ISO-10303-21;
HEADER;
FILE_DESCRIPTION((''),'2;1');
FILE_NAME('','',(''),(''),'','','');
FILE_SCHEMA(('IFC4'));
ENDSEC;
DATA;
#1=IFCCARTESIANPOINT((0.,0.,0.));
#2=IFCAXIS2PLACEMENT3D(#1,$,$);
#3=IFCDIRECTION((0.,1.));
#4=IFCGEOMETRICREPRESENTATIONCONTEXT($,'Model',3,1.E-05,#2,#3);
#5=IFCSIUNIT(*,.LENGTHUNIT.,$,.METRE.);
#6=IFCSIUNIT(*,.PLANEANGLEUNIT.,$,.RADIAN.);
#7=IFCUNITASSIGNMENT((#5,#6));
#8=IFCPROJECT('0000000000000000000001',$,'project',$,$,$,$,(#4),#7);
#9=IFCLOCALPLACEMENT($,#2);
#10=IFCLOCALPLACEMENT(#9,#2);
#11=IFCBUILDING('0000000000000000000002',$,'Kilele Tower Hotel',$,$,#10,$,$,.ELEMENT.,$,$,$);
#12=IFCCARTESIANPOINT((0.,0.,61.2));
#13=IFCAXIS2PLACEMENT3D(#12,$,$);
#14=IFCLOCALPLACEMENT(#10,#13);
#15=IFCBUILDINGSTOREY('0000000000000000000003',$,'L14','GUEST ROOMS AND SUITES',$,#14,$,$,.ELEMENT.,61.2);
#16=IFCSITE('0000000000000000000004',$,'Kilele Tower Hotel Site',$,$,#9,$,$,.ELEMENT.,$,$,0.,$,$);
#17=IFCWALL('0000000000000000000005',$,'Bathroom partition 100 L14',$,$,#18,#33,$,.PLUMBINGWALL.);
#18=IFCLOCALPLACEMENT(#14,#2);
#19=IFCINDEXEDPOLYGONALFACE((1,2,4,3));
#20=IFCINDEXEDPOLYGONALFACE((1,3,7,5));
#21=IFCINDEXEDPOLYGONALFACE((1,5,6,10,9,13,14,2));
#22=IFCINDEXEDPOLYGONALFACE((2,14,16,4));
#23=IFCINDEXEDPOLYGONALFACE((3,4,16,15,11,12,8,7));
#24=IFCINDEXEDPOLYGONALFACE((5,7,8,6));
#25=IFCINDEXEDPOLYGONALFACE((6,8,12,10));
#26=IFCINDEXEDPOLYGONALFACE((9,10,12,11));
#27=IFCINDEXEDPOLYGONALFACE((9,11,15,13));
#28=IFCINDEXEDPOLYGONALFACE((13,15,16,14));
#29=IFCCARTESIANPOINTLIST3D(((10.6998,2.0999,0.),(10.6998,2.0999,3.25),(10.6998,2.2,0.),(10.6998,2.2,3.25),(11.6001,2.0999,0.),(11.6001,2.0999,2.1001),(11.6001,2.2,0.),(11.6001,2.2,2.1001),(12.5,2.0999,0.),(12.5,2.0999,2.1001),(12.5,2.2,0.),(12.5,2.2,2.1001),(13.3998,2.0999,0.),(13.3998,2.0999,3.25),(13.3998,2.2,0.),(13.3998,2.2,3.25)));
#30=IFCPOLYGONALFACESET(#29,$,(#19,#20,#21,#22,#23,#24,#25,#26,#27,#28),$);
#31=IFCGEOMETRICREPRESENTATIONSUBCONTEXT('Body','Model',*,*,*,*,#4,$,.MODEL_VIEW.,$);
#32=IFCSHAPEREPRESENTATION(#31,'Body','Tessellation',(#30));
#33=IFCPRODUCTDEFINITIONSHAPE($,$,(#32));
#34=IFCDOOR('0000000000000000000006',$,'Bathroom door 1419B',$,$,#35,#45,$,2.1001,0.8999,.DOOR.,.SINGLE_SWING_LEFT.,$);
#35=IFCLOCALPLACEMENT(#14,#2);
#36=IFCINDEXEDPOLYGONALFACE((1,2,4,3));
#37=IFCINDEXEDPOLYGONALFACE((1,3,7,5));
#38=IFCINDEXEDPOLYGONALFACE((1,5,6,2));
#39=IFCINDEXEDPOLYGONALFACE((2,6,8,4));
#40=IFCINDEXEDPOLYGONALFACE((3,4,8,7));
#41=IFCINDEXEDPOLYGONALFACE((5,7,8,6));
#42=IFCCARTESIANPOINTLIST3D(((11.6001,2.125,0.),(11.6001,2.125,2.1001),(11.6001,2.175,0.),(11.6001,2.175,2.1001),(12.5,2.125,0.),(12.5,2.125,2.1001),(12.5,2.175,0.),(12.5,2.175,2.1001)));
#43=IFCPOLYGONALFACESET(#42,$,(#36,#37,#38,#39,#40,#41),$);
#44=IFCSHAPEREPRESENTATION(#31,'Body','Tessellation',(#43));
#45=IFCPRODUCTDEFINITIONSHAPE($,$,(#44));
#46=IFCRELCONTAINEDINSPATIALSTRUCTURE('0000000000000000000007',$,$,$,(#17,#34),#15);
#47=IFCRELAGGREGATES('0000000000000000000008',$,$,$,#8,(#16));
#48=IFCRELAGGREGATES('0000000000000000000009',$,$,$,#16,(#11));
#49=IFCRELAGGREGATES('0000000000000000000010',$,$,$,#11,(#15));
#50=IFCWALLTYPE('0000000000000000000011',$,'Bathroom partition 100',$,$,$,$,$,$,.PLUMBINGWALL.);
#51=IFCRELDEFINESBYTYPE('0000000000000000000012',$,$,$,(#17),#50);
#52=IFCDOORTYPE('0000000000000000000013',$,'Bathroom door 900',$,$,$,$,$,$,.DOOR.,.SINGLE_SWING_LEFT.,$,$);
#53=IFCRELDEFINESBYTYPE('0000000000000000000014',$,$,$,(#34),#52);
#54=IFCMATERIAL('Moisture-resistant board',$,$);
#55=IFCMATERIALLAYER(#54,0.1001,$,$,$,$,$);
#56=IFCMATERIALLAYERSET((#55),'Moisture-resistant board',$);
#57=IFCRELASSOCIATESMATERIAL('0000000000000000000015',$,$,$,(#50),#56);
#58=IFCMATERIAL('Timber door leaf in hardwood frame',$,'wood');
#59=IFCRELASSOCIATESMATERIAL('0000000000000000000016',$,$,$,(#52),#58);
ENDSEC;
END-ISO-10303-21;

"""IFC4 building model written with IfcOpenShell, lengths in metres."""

from ifc_helpers import new_model, si_unit, direction, frame, frame_2d, origin, place, context, subcontext, project, spatial, rectangle, extrude, material, layer, layer_set, type_object, element, fill, save


model = new_model("IFC4")

# Units and contexts
model_context = context("Model", 3, precision=1e-05, world=origin(), true_north=direction((0.0, 1.0)))
body_context = subcontext(model_context, "Body", "Model", "MODEL_VIEW")
ifc_project = project(units=[si_unit("LENGTHUNIT", "METRE"), si_unit("PLANEANGLEUNIT", "RADIAN")], contexts=[model_context])

# Site, building, storey
site_placement = place(None, origin())
site = spatial("IfcSite", under=ifc_project, at=site_placement, Name="Kilele Tower Hotel Site", CompositionType="ELEMENT", RefElevation=0.0)
building_placement = place(site_placement, origin())
building = spatial("IfcBuilding", under=site, at=building_placement, Name="Kilele Tower Hotel", CompositionType="ELEMENT")
storey_placement = place(building_placement, frame((0.0, 0.0, 61.2)))
storey = spatial("IfcBuildingStorey", under=building, at=storey_placement, Name="L14", Description="GUEST ROOMS AND SUITES", CompositionType="ELEMENT", Elevation=61.2)

# Shared definitions
ifc_material_1 = material(Name="Moisture-resistant board")
ifc_layer_1 = layer(ifc_material_1, 0.1001)
ifc_layer_set_1 = layer_set([ifc_layer_1], Name="Moisture-resistant board")
wall_type_1 = type_object("IfcWallType", Name="Bathroom partition 100", PredefinedType="PLUMBINGWALL", material=ifc_layer_set_1)

# Wall, opening, door
ifc_material_2 = material(Name="Timber door leaf in hardwood frame", Category="wood")
door_type_1 = type_object("IfcDoorType", Name="Bathroom door 900", OperationType="SINGLE_SWING_LEFT", PredefinedType="DOOR", material=ifc_material_2)
wall_1_placement = place(storey_placement, frame((13.3999, 2.1499, 0.0), z_axis=(0.0, 0.0, 1.0), x_axis=(-1.0, 0.0, 0.0)))
wall_1 = element("IfcWall", 1, at=wall_1_placement, inside=storey, type_object=wall_type_1, Name="Bathroom partition 100 L14", PredefinedType="PLUMBINGWALL", context=body_context, shape_type="SweptSolid", body=[
    extrude(rectangle(XDim=2.7, YDim=0.1001, at=frame_2d((1.3501, 0.0))), origin(), (0.0, 0.0, 1.0), 3.25),
])
opening_1_placement = place(wall_1_placement, frame((0.8999, 0.0, 0.0)))
opening_1 = element("IfcOpeningElement", 2, at=opening_1_placement, cuts=wall_1, PredefinedType="OPENING", context=body_context, shape_type="SweptSolid", body=[
    extrude(rectangle(XDim=0.8999, YDim=2.1001, at=frame_2d((0.45, 1.05))), frame((0.0, 0.0601, 0.0), z_axis=(0.0, -1.0, 0.0), x_axis=(1.0, 0.0, 0.0)), (0.0, 0.0, 1.0), 0.1201),
])
door_1_placement = place(opening_1_placement, origin())
door_1 = element("IfcDoor", 3, at=door_1_placement, inside=storey, type_object=door_type_1, Name="Bathroom door 1419B", OperationType="SINGLE_SWING_LEFT", OverallHeight=2.1001, OverallWidth=0.8999, PredefinedType="DOOR", context=body_context, shape_type="SweptSolid", body=[
    extrude(rectangle(XDim=0.8999, YDim=2.1001, at=frame_2d((0.45, 1.05))), frame((0.0, 0.0249, 0.0), z_axis=(0.0, -1.0, 0.0), x_axis=(1.0, 0.0, 0.0)), (0.0, 0.0, 1.0), 0.05),
])
fill(opening_1, door_1)

save(model, "model.ifc")
